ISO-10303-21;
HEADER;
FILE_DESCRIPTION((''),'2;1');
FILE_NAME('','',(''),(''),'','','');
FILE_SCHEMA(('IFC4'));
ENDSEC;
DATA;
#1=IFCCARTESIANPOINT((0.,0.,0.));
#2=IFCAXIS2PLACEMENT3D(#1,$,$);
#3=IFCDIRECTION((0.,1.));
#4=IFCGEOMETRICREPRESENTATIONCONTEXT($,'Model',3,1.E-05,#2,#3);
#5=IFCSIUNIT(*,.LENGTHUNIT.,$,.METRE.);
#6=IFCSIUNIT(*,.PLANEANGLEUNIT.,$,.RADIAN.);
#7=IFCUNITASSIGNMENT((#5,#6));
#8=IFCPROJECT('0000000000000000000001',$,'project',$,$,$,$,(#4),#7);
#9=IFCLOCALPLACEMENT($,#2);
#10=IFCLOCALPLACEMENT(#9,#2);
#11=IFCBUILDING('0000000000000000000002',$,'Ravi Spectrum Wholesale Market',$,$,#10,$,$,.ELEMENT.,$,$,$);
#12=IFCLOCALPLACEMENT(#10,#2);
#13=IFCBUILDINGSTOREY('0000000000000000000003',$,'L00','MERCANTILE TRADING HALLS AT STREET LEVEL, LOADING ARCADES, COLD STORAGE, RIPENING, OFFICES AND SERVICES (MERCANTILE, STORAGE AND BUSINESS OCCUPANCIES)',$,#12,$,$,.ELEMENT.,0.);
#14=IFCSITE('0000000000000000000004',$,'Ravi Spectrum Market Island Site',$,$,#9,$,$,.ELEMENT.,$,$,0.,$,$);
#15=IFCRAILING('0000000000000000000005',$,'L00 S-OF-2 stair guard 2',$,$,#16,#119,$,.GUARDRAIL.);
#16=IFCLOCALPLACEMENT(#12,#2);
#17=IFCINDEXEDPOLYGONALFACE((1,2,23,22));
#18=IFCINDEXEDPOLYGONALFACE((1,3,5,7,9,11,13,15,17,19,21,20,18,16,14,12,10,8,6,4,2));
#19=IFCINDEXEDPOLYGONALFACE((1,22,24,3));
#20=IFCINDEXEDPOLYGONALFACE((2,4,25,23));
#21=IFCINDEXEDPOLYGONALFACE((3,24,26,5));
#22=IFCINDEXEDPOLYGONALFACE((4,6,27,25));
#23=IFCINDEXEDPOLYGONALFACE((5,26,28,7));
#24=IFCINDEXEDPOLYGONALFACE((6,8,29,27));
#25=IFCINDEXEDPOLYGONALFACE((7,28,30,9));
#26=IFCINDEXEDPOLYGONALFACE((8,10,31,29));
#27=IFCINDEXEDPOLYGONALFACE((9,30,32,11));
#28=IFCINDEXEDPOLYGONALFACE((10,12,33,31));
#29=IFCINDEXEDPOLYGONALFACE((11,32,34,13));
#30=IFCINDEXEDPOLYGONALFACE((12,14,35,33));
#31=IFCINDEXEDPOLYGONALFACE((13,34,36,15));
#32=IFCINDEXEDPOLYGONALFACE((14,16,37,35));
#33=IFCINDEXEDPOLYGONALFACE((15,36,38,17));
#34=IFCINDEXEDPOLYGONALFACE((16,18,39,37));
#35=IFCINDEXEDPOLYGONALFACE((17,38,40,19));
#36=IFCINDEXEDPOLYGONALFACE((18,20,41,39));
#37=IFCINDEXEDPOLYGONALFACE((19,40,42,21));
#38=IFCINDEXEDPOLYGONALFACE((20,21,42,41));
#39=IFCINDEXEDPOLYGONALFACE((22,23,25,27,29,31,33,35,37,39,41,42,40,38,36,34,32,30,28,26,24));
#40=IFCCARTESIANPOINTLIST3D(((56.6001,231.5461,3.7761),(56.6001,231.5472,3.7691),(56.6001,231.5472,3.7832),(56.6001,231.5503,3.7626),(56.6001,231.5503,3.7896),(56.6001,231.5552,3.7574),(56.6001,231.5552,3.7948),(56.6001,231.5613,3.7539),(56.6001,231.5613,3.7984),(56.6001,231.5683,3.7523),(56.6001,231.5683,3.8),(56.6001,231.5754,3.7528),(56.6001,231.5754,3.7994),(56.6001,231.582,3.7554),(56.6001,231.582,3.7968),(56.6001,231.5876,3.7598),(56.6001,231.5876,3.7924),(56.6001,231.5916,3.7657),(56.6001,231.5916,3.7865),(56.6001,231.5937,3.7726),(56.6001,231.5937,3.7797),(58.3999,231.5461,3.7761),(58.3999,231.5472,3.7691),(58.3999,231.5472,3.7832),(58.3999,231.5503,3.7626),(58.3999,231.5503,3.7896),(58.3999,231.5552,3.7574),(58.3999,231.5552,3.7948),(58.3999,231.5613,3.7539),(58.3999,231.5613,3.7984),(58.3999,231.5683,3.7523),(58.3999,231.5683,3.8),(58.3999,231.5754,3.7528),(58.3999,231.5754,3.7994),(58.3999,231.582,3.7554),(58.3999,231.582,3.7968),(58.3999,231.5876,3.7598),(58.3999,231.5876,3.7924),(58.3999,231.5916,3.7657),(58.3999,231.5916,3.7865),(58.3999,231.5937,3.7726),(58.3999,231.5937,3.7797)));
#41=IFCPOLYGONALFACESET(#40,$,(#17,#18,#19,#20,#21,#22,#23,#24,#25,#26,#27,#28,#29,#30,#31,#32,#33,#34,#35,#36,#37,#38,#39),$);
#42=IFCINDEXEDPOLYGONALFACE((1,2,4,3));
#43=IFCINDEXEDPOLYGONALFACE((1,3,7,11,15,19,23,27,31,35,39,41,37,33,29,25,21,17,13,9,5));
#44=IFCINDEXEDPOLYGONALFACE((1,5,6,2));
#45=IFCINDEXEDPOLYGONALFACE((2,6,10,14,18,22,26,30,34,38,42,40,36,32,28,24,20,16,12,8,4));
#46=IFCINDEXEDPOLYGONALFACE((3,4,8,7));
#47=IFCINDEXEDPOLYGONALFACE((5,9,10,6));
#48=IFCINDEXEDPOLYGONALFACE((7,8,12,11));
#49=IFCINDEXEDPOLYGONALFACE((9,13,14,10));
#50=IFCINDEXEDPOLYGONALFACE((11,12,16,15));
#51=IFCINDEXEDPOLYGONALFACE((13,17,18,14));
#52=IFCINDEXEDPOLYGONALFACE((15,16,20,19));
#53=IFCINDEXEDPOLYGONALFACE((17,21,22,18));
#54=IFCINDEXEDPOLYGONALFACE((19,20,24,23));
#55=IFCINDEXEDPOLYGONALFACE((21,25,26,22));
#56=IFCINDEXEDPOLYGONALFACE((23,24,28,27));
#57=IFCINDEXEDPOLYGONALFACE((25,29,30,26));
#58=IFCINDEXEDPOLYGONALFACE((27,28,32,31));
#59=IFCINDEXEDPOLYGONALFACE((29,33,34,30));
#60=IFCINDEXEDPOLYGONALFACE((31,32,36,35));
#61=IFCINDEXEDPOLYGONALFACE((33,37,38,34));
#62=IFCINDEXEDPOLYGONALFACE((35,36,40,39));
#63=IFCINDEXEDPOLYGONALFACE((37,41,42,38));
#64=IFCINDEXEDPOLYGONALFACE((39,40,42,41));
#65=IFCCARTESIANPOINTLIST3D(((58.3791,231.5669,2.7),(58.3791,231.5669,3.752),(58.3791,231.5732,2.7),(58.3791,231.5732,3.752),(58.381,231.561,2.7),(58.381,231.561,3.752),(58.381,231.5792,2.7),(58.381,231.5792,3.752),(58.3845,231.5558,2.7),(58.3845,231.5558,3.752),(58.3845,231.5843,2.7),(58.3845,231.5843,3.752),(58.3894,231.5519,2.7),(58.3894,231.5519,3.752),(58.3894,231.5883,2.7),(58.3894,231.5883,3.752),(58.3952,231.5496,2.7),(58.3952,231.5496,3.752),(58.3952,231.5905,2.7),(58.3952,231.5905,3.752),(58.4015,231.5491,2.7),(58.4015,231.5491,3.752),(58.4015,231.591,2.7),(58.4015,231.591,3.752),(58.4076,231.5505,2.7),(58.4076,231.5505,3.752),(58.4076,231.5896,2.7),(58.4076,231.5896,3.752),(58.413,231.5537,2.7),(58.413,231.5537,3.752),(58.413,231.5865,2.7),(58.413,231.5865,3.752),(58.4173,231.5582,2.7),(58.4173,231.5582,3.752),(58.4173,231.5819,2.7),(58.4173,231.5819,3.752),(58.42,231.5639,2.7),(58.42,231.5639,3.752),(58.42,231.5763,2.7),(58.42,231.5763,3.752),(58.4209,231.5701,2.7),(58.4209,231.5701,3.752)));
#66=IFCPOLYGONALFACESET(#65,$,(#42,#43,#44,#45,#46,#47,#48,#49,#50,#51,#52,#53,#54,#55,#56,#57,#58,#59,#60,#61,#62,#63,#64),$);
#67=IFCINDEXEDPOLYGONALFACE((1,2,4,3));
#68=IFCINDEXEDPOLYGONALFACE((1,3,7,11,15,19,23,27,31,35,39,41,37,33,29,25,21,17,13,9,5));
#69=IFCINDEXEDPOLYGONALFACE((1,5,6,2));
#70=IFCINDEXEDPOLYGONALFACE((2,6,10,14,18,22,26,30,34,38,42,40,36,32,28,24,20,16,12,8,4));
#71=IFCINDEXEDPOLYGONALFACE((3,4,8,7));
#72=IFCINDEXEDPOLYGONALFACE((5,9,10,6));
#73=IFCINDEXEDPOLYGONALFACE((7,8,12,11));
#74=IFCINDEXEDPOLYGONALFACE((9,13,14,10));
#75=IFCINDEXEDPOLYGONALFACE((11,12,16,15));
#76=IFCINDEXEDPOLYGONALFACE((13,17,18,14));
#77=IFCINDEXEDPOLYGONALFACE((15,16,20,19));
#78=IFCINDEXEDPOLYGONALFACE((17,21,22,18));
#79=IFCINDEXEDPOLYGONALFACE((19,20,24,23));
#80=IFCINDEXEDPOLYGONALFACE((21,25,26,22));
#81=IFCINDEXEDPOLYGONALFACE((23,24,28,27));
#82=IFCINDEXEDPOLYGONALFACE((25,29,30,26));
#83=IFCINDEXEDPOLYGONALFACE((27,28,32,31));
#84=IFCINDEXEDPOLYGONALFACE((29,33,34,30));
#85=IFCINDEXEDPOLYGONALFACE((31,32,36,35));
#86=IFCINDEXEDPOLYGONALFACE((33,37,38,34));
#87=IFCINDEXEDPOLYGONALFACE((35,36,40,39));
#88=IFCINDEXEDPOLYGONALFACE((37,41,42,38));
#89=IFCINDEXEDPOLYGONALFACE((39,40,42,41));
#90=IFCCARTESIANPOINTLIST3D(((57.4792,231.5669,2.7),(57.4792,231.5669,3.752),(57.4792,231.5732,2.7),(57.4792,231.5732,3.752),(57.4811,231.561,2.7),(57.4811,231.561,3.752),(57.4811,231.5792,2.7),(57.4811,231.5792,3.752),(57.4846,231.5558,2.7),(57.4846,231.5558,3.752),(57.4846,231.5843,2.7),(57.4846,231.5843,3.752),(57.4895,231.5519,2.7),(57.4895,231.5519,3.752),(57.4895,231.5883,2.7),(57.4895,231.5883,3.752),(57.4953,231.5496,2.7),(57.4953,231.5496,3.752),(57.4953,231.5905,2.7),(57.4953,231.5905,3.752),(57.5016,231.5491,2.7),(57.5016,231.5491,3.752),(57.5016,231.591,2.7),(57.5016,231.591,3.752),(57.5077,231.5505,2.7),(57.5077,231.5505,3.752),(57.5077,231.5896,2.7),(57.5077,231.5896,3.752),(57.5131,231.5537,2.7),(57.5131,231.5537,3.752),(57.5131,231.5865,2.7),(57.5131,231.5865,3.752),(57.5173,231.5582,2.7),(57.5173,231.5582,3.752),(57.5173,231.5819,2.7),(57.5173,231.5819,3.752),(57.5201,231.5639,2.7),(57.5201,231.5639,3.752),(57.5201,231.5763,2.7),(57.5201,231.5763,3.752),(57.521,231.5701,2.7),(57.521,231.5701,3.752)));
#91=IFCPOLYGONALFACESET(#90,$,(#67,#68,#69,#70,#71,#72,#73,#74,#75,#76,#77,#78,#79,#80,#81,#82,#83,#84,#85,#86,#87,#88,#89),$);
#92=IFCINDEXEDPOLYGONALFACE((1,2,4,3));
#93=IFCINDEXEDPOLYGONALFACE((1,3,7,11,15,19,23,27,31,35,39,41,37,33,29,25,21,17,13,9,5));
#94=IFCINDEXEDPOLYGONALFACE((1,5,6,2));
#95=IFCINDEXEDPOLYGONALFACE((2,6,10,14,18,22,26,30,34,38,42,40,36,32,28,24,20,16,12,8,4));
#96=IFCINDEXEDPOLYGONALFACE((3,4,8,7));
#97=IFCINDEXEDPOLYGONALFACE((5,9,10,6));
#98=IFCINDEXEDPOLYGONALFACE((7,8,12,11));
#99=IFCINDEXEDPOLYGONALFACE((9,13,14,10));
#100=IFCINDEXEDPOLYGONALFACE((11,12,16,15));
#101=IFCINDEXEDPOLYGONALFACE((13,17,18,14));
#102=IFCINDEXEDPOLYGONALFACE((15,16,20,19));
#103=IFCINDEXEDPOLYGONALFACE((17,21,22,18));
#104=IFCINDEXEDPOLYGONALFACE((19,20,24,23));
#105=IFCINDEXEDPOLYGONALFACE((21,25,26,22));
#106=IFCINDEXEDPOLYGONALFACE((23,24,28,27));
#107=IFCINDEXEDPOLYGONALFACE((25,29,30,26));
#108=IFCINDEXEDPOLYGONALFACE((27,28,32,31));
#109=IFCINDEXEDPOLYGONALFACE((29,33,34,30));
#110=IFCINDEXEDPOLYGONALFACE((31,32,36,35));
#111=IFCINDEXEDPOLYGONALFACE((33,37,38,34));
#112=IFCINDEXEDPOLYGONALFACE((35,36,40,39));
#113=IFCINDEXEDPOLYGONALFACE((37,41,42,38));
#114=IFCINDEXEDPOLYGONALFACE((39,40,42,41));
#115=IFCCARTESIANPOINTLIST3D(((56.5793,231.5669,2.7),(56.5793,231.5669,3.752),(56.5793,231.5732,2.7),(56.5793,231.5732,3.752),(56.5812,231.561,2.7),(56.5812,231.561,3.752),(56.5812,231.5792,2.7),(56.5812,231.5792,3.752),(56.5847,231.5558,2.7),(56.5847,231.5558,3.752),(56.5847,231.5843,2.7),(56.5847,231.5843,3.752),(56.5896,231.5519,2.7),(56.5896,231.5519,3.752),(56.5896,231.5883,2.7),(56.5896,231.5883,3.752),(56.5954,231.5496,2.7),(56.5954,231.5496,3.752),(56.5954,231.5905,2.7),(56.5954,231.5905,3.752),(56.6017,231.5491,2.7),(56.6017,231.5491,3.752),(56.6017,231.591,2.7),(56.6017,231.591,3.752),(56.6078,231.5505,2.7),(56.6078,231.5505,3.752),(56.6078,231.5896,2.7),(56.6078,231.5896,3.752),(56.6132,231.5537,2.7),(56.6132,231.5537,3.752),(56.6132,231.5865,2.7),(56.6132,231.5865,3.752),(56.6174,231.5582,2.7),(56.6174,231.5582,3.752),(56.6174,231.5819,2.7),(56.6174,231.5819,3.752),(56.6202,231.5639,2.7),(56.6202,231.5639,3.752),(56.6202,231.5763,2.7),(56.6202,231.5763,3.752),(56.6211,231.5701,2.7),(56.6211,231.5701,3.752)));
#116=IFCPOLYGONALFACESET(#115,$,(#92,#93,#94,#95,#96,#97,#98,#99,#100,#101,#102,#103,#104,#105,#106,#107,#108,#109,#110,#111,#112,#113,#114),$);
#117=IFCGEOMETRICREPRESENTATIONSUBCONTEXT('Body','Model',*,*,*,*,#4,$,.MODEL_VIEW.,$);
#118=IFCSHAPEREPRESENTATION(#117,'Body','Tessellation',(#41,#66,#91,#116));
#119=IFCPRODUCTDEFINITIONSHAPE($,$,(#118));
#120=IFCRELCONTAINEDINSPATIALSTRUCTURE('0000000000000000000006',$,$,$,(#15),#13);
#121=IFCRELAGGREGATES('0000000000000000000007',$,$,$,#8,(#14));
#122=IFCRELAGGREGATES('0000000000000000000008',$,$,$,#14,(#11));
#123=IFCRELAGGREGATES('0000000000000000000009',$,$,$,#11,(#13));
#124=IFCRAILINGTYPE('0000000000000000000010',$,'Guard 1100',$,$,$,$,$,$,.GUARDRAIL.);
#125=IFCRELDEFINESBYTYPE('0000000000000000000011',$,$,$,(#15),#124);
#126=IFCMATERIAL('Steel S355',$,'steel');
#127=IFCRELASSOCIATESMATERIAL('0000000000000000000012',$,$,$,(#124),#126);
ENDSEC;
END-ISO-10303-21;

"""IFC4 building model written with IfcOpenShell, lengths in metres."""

from ifc_helpers import new_model, si_unit, direction, frame, origin, origin_2d, place, context, subcontext, project, spatial, circle, extrude, material, type_object, element, save


model = new_model("IFC4")

# Units and contexts
model_context = context("Model", 3, precision=1e-05, world=origin(), true_north=direction((0.0, 1.0)))
body_context = subcontext(model_context, "Body", "Model", "MODEL_VIEW")
ifc_project = project(units=[si_unit("LENGTHUNIT", "METRE"), si_unit("PLANEANGLEUNIT", "RADIAN")], contexts=[model_context])

# Site, building, storey
site_placement = place(None, origin())
site = spatial("IfcSite", under=ifc_project, at=site_placement, Name="Ravi Spectrum Market Island Site", CompositionType="ELEMENT", RefElevation=0.0)
building_placement = place(site_placement, origin())
building = spatial("IfcBuilding", under=site, at=building_placement, Name="Ravi Spectrum Wholesale Market", CompositionType="ELEMENT")
storey_placement = place(building_placement, origin())
storey = spatial("IfcBuildingStorey", under=building, at=storey_placement, Name="L00", Description="MERCANTILE TRADING HALLS AT STREET LEVEL, LOADING ARCADES, COLD STORAGE, RIPENING, OFFICES AND SERVICES (MERCANTILE, STORAGE AND BUSINESS OCCUPANCIES)", CompositionType="ELEMENT", Elevation=0.0)

# Railing
ifc_material_1 = material(Name="Steel S355", Category="steel")
railing_type_1 = type_object("IfcRailingType", Name="Guard 1100", PredefinedType="GUARDRAIL", material=ifc_material_1)
railing_1_placement = place(storey_placement, frame((58.3999, 231.5701, 2.7)))
element("IfcRailing", 1, at=railing_1_placement, inside=storey, type_object=railing_type_1, Name="L00 S-OF-2 stair guard 2", PredefinedType="GUARDRAIL", context=body_context, shape_type="SweptSolid", body=[
    extrude(circle(Radius=0.0239, at=origin_2d()), frame((0.0, 0.0, 1.0762), z_axis=(-1.0, 0.0, 0.0), x_axis=(0.0, -1.0, 0.0)), (0.0, 0.0, 1.0), 1.7998),
    extrude(circle(Radius=0.021, at=origin_2d()), origin(), (0.0, 0.0, 1.0), 1.052),
    extrude(circle(Radius=0.021, at=origin_2d()), frame((-0.8999, 0.0, 0.0)), (0.0, 0.0, 1.0), 1.052),
    extrude(circle(Radius=0.021, at=origin_2d()), frame((-1.7998, 0.0, 0.0)), (0.0, 0.0, 1.0), 1.052),
])

save(model, "model.ifc")
